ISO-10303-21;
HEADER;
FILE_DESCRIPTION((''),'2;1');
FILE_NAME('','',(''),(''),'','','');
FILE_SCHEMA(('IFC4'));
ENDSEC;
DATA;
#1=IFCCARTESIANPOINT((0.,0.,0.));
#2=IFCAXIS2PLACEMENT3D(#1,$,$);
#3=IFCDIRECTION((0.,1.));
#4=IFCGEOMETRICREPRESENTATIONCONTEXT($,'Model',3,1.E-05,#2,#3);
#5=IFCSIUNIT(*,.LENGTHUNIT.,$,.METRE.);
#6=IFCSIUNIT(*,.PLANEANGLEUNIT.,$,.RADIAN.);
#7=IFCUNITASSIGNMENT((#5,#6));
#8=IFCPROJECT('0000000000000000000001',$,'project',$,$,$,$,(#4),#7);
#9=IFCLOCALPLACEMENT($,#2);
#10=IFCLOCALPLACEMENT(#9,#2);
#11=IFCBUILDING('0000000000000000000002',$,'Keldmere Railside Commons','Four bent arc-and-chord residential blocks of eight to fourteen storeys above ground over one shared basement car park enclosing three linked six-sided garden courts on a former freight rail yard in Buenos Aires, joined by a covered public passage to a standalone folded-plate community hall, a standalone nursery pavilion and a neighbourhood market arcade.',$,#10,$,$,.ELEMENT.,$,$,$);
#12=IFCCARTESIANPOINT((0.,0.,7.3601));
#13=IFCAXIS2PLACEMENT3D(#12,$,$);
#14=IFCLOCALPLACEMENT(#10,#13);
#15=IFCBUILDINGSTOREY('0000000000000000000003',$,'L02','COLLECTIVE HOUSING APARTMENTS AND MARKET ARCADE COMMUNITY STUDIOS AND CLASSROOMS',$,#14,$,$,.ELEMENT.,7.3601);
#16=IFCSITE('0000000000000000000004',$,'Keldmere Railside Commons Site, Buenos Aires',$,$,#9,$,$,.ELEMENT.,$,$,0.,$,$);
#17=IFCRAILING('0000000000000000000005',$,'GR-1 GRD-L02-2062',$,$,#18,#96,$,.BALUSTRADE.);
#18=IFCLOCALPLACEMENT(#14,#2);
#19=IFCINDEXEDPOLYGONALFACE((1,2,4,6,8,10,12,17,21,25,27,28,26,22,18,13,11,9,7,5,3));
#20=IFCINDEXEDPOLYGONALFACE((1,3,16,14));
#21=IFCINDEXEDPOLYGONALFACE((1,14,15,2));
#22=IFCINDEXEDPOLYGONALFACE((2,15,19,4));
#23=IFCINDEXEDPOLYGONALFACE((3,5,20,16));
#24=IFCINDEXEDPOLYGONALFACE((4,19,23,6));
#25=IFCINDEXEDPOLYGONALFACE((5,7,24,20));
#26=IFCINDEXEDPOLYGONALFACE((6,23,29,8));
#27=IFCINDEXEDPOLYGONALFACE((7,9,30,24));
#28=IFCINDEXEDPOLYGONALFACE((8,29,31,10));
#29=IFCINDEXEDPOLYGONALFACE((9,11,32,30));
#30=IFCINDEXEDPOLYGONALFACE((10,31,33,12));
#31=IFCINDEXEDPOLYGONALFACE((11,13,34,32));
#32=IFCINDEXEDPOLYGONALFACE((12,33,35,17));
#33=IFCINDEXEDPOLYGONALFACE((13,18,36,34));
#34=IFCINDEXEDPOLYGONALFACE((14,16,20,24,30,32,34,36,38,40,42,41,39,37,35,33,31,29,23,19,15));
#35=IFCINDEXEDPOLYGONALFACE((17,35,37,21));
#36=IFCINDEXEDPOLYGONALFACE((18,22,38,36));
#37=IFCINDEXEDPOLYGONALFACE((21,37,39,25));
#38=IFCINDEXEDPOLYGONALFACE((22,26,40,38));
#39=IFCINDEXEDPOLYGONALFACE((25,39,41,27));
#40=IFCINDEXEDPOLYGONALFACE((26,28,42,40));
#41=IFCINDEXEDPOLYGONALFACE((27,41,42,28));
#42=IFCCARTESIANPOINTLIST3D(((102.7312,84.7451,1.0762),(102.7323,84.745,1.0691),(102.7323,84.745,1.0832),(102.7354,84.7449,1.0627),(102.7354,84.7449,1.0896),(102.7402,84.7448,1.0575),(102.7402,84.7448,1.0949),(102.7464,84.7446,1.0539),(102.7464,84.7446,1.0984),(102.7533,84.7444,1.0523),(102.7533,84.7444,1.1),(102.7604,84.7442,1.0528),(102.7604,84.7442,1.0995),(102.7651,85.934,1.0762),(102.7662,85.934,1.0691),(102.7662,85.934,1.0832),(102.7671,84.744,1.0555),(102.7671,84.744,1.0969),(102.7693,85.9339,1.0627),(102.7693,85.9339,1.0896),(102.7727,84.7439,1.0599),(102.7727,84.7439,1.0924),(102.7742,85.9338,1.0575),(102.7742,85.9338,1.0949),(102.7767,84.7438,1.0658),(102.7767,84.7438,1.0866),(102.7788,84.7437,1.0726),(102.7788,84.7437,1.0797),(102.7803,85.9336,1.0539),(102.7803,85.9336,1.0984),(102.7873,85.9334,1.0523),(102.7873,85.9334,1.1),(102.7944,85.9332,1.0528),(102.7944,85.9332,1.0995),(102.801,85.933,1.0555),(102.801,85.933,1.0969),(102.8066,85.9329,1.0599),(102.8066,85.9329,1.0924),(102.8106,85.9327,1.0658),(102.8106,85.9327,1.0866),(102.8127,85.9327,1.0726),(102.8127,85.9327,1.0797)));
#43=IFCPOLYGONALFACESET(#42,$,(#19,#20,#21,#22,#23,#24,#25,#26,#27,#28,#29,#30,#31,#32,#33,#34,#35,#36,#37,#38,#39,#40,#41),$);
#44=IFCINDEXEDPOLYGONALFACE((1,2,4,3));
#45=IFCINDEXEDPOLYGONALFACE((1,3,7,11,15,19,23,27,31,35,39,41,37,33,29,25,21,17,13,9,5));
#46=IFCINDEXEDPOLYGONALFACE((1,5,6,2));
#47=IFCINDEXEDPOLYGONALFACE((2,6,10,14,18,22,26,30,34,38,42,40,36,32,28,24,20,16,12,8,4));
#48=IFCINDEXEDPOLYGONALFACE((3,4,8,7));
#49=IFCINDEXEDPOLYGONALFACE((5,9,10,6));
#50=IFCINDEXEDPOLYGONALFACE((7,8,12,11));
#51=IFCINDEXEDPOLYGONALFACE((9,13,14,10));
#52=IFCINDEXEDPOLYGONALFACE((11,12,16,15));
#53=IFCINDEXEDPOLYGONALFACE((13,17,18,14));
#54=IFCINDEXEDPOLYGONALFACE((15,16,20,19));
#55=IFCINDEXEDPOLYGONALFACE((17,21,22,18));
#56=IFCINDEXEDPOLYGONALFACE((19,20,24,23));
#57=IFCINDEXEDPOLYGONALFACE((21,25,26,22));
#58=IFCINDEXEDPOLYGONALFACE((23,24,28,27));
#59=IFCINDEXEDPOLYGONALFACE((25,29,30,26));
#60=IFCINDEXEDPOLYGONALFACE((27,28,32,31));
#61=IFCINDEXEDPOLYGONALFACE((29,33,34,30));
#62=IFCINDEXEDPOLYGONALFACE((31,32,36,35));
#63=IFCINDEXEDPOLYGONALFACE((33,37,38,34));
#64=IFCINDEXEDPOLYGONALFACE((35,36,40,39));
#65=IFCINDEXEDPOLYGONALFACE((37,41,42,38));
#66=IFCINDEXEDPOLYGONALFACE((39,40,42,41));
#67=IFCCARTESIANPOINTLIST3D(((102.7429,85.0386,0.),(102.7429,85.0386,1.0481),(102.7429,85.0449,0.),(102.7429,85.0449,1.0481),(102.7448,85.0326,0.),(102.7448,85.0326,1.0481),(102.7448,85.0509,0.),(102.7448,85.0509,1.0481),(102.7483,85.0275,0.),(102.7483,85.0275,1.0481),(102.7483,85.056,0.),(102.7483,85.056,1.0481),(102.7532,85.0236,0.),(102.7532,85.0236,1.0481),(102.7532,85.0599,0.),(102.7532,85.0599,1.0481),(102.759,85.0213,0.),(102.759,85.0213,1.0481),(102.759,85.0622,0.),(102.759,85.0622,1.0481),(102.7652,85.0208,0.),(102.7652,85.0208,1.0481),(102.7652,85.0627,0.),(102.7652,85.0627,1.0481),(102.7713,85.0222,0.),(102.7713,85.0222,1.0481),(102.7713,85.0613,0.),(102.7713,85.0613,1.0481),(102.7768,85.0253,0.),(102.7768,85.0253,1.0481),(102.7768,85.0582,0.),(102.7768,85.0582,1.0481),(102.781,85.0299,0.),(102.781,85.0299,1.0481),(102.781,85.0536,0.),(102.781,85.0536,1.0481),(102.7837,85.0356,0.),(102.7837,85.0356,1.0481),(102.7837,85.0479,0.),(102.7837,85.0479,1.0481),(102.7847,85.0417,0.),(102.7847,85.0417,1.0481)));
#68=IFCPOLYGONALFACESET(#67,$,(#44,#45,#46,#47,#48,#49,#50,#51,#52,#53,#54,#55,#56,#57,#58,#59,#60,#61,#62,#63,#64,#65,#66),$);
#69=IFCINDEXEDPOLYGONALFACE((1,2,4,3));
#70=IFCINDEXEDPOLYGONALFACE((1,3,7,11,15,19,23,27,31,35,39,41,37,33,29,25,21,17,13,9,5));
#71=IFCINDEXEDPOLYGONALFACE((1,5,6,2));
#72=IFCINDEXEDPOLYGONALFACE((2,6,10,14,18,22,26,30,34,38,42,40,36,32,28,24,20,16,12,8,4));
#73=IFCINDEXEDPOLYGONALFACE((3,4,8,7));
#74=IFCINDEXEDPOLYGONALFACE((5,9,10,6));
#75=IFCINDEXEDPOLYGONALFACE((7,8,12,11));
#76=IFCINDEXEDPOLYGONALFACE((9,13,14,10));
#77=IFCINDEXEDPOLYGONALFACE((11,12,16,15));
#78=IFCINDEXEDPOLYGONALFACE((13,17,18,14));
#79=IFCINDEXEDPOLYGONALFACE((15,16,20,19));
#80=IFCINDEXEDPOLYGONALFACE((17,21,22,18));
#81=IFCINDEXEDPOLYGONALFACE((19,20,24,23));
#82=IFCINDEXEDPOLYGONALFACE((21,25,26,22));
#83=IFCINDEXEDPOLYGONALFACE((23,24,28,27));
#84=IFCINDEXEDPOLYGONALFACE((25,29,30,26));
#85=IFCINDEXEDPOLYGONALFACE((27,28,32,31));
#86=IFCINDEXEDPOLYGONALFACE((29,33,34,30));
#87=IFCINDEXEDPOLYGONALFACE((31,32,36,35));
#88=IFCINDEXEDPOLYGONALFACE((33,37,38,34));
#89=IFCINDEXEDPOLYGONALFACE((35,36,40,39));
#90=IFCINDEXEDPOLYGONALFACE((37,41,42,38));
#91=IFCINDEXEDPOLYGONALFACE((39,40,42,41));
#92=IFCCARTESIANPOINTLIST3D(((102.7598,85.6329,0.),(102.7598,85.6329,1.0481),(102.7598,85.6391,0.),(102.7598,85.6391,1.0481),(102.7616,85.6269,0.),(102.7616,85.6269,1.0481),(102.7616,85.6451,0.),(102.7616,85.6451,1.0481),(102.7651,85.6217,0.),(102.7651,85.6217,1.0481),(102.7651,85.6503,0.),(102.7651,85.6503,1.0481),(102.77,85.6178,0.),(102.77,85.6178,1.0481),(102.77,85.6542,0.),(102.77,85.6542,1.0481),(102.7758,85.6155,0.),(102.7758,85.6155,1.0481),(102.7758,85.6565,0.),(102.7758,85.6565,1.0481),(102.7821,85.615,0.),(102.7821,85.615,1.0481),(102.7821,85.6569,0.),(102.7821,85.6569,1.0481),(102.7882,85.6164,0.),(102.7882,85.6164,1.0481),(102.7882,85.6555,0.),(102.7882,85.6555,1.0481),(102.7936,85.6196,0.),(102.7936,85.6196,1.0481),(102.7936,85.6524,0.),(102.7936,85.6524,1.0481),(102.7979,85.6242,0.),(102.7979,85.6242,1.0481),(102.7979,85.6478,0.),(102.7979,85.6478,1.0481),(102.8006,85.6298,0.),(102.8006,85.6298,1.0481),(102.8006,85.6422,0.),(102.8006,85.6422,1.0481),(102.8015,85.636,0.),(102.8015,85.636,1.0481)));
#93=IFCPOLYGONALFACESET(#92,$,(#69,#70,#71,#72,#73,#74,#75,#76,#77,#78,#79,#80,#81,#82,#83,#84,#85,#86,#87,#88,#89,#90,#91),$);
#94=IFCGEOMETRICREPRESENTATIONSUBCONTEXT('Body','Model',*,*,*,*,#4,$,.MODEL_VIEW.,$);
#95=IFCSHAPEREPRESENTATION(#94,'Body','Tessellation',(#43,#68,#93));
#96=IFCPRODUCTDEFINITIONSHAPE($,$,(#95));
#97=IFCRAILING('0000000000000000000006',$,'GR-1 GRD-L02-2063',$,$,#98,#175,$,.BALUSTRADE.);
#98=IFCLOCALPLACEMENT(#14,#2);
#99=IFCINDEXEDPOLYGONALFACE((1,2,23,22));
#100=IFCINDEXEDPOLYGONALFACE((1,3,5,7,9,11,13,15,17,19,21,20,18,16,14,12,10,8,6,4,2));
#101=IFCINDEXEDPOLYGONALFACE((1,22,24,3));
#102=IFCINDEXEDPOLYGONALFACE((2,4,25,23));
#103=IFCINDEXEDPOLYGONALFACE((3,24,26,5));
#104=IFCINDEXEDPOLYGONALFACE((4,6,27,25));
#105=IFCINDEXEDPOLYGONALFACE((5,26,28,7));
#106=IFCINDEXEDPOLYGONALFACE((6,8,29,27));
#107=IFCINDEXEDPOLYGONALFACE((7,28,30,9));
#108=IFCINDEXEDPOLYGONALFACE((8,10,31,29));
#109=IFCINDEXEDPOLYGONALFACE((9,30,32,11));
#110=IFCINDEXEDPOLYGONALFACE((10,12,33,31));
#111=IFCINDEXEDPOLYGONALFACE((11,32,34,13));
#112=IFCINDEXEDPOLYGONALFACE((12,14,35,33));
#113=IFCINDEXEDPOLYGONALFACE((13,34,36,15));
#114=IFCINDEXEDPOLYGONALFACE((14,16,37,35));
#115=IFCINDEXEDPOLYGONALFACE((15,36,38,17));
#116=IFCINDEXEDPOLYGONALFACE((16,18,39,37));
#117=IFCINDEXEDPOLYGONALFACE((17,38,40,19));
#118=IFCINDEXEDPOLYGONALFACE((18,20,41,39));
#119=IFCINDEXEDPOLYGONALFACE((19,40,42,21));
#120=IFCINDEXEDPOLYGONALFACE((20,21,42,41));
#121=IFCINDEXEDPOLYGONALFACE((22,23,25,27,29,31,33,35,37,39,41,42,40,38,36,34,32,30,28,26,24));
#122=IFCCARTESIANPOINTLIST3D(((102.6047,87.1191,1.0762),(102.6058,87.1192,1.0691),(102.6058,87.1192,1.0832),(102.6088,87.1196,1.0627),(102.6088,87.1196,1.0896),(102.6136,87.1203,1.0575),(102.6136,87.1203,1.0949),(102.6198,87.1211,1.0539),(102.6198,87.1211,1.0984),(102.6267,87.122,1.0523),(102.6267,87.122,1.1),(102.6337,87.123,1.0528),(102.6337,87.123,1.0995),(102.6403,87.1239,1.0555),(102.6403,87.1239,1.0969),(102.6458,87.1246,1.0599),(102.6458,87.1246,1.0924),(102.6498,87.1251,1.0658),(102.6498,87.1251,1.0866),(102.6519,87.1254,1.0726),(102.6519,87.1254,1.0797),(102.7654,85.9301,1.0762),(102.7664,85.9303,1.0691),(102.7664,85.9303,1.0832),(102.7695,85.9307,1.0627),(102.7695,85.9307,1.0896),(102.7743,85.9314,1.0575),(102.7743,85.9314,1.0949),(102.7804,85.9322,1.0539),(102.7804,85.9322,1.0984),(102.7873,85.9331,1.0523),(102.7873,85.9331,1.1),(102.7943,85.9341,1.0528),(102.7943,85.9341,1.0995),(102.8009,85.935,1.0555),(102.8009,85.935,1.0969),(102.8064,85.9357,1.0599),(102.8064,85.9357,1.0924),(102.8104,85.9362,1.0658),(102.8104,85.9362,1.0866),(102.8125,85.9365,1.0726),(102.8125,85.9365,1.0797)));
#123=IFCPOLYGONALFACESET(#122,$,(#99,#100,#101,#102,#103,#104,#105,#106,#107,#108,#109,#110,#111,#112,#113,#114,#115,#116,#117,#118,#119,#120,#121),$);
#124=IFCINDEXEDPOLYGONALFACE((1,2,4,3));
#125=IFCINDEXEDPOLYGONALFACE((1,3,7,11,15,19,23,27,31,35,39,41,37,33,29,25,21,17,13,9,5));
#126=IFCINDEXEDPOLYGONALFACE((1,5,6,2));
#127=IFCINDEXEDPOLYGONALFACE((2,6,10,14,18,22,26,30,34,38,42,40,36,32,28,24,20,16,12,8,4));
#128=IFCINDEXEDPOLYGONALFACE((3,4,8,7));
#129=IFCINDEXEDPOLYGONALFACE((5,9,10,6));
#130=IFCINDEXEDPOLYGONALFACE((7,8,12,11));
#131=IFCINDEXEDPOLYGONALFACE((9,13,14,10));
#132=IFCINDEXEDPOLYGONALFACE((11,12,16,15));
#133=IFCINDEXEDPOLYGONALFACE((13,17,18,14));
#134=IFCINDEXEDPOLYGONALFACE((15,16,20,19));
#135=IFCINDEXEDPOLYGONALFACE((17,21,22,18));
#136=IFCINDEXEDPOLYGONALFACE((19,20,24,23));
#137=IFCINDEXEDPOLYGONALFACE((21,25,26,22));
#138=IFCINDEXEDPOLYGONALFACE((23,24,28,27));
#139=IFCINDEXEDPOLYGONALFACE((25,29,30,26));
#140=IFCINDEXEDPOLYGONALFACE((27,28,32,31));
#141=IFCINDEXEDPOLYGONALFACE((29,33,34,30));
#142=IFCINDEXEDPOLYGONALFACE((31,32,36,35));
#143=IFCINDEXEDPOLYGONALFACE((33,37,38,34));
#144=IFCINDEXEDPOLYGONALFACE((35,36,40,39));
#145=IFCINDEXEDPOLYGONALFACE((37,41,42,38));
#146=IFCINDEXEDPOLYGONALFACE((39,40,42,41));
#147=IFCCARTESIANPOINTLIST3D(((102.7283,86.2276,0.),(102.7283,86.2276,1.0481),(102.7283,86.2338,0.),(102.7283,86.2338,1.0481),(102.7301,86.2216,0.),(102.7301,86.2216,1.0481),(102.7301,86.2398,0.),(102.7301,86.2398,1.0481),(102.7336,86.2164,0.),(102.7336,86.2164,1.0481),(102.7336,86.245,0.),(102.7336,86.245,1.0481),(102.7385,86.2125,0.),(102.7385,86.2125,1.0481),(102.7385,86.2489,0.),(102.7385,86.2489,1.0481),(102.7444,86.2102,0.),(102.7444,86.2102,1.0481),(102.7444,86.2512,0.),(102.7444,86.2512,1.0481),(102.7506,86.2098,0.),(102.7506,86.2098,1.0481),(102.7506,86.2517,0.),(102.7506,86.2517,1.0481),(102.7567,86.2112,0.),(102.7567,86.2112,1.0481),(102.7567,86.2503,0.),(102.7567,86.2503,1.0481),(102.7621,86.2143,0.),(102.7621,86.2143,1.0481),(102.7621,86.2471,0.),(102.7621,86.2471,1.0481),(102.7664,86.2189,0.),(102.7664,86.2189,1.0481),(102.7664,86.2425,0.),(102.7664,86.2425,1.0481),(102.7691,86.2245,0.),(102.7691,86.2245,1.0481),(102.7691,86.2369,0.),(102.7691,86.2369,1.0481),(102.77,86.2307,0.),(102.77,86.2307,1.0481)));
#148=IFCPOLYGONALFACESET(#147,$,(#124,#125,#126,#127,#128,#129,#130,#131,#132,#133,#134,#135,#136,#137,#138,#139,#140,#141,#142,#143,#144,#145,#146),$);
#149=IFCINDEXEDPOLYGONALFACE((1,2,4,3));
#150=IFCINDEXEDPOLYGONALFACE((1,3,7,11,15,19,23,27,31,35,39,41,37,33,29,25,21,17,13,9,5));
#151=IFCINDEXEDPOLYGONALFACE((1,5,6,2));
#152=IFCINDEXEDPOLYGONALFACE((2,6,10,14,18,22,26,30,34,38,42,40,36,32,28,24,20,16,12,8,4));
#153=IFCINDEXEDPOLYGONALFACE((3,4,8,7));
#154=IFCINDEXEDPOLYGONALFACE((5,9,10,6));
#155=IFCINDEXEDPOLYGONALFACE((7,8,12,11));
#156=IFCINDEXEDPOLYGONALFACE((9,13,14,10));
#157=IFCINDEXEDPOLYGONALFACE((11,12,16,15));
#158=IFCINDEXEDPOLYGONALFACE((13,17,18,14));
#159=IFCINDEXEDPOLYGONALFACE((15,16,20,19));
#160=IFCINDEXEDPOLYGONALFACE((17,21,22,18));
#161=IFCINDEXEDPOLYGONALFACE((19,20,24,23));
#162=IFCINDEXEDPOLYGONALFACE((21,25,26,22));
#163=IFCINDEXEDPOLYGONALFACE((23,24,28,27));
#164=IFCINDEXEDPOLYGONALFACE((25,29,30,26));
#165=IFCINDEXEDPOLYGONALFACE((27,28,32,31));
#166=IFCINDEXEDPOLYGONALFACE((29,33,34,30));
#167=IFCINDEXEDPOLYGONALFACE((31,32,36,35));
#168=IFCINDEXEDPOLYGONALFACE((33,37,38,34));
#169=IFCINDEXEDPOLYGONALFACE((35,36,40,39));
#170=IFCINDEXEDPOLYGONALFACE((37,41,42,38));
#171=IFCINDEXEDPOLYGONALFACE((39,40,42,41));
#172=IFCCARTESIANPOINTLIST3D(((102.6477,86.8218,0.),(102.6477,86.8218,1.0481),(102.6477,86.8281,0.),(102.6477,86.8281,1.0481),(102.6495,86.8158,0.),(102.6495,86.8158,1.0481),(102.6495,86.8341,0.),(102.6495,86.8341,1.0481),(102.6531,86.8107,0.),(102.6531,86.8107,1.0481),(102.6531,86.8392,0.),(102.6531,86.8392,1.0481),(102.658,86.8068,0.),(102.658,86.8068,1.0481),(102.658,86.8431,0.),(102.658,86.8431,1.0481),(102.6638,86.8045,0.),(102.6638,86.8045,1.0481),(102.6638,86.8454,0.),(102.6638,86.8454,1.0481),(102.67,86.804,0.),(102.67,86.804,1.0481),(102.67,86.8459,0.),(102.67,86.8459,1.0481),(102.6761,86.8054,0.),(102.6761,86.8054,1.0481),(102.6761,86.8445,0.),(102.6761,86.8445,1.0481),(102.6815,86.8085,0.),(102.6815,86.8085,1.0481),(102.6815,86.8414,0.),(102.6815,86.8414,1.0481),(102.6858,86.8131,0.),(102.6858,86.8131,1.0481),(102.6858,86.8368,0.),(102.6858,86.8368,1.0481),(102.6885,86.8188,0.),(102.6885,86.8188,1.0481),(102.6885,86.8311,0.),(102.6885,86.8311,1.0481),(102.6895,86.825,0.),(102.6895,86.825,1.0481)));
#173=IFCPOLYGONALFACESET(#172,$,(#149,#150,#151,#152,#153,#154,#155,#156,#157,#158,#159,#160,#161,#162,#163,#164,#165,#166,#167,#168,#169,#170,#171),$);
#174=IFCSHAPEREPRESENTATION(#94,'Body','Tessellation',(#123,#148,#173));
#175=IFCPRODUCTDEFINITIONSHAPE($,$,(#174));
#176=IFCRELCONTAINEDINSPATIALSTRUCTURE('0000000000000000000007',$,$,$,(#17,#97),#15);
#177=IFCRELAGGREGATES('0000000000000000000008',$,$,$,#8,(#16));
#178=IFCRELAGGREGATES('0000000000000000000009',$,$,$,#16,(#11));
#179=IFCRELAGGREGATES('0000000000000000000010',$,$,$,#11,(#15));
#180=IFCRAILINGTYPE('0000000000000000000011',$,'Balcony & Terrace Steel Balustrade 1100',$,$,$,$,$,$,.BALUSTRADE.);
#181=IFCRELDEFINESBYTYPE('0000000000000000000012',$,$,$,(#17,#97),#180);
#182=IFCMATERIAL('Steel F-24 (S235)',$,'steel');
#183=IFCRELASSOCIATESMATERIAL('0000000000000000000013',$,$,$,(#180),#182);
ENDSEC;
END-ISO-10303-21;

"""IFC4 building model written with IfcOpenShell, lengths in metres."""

from ifc_helpers import new_model, si_unit, direction, frame, origin, origin_2d, place, context, subcontext, project, spatial, circle, extrude, material, type_object, element, save


model = new_model("IFC4")

# Units and contexts
model_context = context("Model", 3, precision=1e-05, world=origin(), true_north=direction((0.0, 1.0)))
body_context = subcontext(model_context, "Body", "Model", "MODEL_VIEW")
ifc_project = project(units=[si_unit("LENGTHUNIT", "METRE"), si_unit("PLANEANGLEUNIT", "RADIAN")], contexts=[model_context])

# Site, building, storey
site_placement = place(None, origin())
site = spatial("IfcSite", under=ifc_project, at=site_placement, Name="Keldmere Railside Commons Site, Buenos Aires", CompositionType="ELEMENT", RefElevation=0.0)
building_placement = place(site_placement, origin())
building = spatial("IfcBuilding", under=site, at=building_placement, Name="Keldmere Railside Commons", Description="Four bent arc-and-chord residential blocks of eight to fourteen storeys above ground over one shared basement car park enclosing three linked six-sided garden courts on a former freight rail yard in Buenos Aires, joined by a covered public passage to a standalone folded-plate community hall, a standalone nursery pavilion and a neighbourhood market arcade.", CompositionType="ELEMENT")
storey_placement = place(building_placement, frame((0.0, 0.0, 7.3601)))
storey = spatial("IfcBuildingStorey", under=building, at=storey_placement, Name="L02", Description="COLLECTIVE HOUSING APARTMENTS AND MARKET ARCADE COMMUNITY STUDIOS AND CLASSROOMS", CompositionType="ELEMENT", Elevation=7.3601)

# Shared definitions
ifc_material_1 = material(Name="Steel F-24 (S235)", Category="steel")

# Railings
railing_type = type_object("IfcRailingType", Name="Balcony & Terrace Steel Balustrade 1100", PredefinedType="BALUSTRADE", material=ifc_material_1)
railing_1_placement = place(storey_placement, frame((102.7551, 84.7444, 0.0)))
element("IfcRailing", 1, at=railing_1_placement, inside=storey, type_object=railing_type, Name="GR-1 GRD-L02-2062", PredefinedType="BALUSTRADE", context=body_context, shape_type="SweptSolid", body=[
    extrude(circle(Radius=0.0239, at=origin_2d()), frame((0.0, 0.0, 1.0762), z_axis=(0.02853, 0.999593, 0.0), x_axis=(-0.999593, 0.02853, 0.0)), (0.0, 0.0, 1.0), 1.1895),
    extrude(circle(Radius=0.021, at=origin_2d()), frame((0.0085, 0.2974, 0.0)), (0.0, 0.0, 1.0), 1.0481),
    extrude(circle(Radius=0.021, at=origin_2d()), frame((0.0254, 0.8916, 0.0)), (0.0, 0.0, 1.0), 1.0481),
])
railing_2_placement = place(storey_placement, frame((102.7891, 85.9333, 0.0)))
element("IfcRailing", 2, at=railing_2_placement, inside=storey, type_object=railing_type, Name="GR-1 GRD-L02-2063", PredefinedType="BALUSTRADE", context=body_context, shape_type="SweptSolid", body=[
    extrude(circle(Radius=0.0239, at=origin_2d()), frame((0.0, 0.0, 1.0762), z_axis=(-0.133896, 0.990995, 0.0), x_axis=(-0.990995, -0.133896, 0.0)), (0.0, 0.0, 1.0), 1.1997),
    extrude(circle(Radius=0.021, at=origin_2d()), frame((-0.04, 0.2974, 0.0)), (0.0, 0.0, 1.0), 1.0481),
    extrude(circle(Radius=0.021, at=origin_2d()), frame((-0.1206, 0.8916, 0.0)), (0.0, 0.0, 1.0), 1.0481),
])

save(model, "model.ifc")
